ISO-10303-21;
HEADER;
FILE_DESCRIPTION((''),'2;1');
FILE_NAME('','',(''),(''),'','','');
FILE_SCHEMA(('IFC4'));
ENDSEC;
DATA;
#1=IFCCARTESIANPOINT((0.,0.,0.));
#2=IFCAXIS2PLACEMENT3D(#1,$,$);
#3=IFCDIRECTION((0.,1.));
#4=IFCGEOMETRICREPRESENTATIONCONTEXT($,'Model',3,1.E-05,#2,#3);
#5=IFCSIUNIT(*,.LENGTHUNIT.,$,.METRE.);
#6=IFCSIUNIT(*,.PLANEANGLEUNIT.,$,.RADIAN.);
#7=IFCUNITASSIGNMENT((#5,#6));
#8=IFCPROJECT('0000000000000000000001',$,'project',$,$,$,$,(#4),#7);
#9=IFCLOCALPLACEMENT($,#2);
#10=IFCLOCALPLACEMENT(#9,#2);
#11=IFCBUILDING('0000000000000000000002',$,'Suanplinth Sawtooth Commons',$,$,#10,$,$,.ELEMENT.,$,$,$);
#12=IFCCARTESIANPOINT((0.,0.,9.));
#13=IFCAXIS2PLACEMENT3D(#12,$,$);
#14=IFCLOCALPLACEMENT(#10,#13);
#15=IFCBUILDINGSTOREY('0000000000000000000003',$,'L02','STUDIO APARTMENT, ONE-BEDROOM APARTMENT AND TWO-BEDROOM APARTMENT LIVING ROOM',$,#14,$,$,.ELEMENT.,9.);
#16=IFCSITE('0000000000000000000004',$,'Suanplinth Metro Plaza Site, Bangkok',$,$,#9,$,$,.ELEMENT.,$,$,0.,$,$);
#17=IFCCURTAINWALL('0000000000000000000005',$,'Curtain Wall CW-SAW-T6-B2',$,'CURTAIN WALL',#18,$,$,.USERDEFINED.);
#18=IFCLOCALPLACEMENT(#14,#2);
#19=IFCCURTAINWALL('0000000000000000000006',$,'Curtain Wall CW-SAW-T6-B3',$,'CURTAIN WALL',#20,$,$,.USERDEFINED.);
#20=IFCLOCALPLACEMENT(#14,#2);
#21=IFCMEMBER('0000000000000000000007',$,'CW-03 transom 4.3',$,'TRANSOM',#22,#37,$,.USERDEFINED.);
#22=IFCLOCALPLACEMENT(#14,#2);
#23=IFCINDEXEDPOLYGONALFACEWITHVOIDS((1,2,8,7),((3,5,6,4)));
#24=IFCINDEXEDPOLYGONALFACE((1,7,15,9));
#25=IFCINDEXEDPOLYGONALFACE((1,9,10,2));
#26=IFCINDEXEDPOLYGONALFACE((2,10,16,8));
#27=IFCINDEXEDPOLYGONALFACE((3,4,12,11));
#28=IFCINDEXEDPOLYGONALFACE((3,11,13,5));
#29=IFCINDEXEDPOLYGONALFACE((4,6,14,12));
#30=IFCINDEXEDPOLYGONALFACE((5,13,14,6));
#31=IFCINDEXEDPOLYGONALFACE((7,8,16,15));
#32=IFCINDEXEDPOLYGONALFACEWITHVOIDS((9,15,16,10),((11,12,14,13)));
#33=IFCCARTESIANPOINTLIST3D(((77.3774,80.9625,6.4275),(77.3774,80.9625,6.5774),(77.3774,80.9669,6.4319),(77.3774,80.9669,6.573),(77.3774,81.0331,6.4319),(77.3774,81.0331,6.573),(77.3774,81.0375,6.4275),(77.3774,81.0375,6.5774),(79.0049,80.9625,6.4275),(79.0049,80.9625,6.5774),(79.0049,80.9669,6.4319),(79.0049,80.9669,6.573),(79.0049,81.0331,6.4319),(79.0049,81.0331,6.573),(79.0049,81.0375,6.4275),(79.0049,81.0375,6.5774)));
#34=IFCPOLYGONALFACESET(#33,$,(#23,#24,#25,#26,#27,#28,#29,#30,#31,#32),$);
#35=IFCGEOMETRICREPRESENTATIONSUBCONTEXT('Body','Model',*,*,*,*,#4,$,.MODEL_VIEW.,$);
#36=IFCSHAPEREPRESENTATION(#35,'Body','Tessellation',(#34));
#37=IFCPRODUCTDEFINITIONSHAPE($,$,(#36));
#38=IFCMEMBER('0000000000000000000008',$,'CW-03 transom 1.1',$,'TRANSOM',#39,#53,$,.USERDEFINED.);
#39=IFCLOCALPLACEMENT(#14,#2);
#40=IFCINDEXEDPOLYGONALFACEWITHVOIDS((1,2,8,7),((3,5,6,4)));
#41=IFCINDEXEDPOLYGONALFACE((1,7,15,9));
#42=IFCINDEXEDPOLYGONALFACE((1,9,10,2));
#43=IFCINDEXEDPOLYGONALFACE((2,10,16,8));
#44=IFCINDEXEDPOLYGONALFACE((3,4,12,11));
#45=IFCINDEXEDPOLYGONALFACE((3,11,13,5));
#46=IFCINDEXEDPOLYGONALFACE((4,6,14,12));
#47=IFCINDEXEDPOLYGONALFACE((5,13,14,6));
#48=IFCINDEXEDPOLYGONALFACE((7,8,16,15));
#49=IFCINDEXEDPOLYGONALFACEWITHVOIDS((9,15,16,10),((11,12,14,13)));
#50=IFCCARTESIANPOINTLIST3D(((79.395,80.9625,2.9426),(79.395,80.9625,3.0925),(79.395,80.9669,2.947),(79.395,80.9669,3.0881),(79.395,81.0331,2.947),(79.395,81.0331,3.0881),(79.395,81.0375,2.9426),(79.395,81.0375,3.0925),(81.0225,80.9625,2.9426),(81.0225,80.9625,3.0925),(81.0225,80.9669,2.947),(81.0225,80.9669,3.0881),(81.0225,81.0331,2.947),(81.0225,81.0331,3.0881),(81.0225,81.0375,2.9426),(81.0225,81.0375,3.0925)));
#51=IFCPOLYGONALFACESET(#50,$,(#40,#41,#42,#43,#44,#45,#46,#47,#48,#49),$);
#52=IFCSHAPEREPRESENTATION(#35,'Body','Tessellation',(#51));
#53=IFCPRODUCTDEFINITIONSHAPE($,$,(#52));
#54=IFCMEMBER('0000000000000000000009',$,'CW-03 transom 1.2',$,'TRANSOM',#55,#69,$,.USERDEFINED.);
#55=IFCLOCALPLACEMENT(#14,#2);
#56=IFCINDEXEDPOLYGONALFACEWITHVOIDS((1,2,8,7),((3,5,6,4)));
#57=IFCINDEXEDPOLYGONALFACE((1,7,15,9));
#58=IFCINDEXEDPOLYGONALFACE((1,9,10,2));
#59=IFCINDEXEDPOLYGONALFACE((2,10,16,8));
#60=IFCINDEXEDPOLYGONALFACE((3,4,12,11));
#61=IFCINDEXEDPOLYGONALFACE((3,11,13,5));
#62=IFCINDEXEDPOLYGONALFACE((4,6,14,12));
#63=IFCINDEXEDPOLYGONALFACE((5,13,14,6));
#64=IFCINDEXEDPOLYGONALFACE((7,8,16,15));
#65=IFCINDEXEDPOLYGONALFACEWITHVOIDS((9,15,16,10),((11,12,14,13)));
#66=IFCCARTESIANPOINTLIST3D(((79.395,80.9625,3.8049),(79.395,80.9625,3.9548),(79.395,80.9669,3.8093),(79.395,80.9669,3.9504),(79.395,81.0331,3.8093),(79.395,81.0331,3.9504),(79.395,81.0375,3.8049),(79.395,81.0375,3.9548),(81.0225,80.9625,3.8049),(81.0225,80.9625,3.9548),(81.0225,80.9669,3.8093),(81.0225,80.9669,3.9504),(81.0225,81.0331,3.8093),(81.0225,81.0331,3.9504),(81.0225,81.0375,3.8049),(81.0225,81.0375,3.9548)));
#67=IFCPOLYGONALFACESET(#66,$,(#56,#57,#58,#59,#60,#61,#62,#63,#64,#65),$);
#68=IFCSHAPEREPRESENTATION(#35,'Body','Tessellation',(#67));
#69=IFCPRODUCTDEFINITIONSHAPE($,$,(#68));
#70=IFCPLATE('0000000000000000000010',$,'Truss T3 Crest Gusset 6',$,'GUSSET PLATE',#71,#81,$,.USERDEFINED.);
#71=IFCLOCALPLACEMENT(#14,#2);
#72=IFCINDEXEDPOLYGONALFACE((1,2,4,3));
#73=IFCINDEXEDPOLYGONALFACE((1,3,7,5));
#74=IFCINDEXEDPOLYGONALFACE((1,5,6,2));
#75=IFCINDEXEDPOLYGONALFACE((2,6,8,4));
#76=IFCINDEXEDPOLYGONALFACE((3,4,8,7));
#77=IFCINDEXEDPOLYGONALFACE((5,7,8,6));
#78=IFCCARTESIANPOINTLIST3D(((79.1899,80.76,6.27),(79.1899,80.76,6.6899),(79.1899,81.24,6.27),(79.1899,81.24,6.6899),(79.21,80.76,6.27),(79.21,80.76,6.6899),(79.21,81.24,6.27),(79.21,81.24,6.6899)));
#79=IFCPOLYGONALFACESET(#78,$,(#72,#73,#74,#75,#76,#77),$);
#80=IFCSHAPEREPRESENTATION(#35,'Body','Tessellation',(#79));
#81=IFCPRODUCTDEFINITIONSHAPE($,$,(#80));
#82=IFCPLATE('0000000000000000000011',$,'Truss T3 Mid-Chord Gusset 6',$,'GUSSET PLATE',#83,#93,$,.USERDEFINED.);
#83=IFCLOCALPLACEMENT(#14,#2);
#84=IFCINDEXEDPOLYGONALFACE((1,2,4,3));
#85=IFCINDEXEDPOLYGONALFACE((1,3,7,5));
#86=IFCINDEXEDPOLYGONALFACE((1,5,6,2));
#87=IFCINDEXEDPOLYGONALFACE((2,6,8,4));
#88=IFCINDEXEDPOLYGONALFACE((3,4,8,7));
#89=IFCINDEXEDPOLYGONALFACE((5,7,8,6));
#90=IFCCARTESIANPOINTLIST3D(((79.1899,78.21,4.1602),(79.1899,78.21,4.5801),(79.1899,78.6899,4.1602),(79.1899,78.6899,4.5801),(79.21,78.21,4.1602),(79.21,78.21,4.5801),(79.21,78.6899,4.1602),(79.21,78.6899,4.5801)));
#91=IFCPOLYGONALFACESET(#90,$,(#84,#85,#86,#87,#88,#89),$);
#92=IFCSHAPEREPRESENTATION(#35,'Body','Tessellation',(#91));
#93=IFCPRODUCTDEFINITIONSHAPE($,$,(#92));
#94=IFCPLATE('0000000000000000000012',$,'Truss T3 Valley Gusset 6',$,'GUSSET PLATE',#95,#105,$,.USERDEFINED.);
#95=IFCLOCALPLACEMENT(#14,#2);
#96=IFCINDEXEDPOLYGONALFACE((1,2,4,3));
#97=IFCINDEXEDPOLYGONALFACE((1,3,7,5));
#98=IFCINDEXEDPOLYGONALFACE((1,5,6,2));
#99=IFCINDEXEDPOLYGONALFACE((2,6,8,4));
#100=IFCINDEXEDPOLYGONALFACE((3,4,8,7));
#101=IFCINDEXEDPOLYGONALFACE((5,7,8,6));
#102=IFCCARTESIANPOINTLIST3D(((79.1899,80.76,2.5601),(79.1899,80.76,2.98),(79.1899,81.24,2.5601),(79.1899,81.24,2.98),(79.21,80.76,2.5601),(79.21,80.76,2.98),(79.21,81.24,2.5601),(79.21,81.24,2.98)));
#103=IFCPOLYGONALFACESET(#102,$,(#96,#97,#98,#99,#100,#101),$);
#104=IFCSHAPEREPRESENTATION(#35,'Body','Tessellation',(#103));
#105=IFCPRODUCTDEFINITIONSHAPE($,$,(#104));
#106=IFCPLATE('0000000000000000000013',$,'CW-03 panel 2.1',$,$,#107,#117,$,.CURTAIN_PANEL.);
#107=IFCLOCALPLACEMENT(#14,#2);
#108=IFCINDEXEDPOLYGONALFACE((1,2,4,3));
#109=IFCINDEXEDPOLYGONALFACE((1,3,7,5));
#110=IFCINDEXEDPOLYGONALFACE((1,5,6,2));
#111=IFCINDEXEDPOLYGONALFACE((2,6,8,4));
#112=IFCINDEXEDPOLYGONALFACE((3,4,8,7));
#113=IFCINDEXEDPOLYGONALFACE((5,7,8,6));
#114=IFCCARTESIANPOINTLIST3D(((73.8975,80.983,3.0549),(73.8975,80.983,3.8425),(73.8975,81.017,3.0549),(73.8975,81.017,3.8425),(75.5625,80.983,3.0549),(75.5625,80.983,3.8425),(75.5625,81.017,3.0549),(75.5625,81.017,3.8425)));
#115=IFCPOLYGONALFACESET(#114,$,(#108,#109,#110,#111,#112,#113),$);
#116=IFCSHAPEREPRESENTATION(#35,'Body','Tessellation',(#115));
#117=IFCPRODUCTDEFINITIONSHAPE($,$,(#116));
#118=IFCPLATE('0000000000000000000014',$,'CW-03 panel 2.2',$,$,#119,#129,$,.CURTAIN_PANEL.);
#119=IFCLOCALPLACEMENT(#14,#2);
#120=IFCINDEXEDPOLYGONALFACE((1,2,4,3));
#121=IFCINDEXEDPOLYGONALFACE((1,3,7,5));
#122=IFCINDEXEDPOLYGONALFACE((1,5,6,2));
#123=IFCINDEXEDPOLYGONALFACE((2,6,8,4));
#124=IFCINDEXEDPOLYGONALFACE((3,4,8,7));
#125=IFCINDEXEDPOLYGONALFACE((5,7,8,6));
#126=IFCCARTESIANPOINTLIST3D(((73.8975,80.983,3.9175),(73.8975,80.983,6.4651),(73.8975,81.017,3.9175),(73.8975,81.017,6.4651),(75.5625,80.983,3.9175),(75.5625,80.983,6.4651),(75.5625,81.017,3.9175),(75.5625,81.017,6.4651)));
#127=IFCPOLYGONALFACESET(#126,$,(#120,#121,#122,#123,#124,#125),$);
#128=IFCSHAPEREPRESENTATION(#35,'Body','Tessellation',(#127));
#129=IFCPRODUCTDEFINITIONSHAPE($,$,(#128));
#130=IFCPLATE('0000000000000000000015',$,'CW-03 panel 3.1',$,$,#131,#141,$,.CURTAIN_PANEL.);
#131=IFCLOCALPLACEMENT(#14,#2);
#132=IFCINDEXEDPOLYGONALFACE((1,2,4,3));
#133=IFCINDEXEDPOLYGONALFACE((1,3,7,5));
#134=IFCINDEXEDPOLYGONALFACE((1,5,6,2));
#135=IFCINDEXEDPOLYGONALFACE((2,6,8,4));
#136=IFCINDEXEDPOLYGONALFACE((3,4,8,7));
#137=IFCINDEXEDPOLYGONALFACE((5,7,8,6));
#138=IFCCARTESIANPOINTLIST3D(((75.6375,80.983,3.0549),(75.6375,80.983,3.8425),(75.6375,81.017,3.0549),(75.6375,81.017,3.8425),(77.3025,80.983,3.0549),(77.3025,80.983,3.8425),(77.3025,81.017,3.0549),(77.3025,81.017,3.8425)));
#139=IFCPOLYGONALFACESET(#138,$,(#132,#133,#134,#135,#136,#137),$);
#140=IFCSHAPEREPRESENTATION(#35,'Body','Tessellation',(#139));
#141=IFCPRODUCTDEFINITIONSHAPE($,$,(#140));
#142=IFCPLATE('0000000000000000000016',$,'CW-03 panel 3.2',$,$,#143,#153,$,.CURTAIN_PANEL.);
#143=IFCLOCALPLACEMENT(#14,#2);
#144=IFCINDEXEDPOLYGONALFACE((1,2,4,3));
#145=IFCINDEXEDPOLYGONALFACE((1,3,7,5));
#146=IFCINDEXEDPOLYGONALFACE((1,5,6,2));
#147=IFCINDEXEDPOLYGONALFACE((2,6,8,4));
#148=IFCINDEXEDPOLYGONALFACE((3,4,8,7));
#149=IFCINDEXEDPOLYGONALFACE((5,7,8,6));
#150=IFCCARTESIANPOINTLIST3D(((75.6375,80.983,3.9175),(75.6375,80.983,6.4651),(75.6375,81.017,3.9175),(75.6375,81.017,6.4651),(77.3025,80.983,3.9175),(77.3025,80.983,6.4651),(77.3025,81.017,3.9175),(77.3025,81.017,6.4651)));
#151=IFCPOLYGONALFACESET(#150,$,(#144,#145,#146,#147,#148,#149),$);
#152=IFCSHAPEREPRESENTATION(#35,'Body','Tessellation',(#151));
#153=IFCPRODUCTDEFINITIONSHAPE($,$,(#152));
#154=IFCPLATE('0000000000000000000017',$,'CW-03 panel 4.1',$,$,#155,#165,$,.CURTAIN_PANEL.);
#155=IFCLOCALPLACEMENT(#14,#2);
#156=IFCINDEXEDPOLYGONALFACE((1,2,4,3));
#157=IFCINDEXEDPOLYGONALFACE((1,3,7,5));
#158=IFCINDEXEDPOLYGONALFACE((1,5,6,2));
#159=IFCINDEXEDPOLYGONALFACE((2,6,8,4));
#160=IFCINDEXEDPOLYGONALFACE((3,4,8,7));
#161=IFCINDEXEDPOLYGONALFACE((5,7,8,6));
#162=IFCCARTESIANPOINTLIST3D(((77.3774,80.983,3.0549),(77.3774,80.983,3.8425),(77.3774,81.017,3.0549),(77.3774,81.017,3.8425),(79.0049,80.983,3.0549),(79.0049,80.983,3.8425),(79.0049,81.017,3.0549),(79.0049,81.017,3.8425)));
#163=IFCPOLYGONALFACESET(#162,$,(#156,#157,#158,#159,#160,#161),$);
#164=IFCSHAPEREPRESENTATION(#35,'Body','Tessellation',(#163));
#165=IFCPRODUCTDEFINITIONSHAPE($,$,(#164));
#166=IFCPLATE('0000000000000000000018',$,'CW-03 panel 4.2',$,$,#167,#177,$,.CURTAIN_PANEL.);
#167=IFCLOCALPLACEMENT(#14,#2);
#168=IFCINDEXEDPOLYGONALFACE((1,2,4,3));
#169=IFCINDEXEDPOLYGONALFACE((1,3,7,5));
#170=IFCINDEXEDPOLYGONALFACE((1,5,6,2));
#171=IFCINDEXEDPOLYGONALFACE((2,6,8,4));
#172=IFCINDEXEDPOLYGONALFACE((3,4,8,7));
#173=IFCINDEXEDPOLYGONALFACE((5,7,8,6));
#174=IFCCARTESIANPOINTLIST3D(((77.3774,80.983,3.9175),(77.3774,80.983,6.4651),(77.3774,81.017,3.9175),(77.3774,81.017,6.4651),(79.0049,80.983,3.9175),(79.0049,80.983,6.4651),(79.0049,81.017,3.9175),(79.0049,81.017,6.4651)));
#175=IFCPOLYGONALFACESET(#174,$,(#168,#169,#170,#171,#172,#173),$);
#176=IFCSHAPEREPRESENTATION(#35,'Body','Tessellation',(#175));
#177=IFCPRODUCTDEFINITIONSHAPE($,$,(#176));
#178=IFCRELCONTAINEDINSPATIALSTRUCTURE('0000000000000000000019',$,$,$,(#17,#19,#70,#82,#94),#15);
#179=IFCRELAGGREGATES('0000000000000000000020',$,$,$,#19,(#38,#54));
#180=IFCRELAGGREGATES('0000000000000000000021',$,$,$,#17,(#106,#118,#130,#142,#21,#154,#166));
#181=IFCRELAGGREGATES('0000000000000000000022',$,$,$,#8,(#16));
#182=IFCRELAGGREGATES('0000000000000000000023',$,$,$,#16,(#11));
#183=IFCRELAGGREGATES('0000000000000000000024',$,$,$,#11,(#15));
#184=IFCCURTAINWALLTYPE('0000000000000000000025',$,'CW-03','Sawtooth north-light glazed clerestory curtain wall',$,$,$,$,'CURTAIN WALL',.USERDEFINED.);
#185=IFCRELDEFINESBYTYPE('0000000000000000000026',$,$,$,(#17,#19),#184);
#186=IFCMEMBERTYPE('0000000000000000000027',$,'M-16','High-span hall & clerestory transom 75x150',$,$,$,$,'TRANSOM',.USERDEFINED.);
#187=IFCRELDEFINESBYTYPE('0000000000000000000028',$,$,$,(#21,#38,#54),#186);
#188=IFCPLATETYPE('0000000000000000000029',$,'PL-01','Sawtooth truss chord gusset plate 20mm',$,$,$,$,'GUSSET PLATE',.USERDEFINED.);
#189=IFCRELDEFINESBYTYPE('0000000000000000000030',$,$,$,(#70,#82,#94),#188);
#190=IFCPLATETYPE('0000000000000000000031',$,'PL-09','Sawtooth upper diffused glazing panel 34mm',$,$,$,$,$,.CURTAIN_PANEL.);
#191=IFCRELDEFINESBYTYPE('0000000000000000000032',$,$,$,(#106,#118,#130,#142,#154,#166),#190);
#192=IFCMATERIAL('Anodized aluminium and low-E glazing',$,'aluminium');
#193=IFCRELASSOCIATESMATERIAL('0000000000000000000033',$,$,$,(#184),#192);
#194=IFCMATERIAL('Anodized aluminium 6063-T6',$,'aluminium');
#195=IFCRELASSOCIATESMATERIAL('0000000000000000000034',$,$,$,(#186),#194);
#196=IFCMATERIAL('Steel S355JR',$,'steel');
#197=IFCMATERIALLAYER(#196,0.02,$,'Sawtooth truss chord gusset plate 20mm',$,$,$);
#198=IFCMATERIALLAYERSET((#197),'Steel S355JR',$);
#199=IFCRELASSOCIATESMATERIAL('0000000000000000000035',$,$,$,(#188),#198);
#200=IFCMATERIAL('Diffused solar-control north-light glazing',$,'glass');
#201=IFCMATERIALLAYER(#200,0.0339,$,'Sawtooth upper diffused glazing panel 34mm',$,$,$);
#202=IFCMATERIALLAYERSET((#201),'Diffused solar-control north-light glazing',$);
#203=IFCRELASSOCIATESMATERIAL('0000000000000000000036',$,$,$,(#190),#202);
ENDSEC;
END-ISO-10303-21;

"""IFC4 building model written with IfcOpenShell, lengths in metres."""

from ifc_helpers import new_model, si_unit, direction, frame, origin, origin_2d, place, context, subcontext, project, spatial, rectangle, hollow_rectangle, extrude, material, layer, layer_set, material_profile, profile_set, type_object, element, aggregate, save


model = new_model("IFC4")

# Units and contexts
model_context = context("Model", 3, precision=1e-05, world=origin(), true_north=direction((0.0, 1.0)))
body_context = subcontext(model_context, "Body", "Model", "MODEL_VIEW")
ifc_project = project(units=[si_unit("LENGTHUNIT", "METRE"), si_unit("PLANEANGLEUNIT", "RADIAN")], contexts=[model_context])

# Site, building, storey
site_placement = place(None, origin())
site = spatial("IfcSite", under=ifc_project, at=site_placement, Name="Suanplinth Metro Plaza Site, Bangkok", CompositionType="ELEMENT", RefElevation=0.0)
building_placement = place(site_placement, origin())
building = spatial("IfcBuilding", under=site, at=building_placement, Name="Suanplinth Sawtooth Commons", CompositionType="ELEMENT")
storey_placement = place(building_placement, frame((0.0, 0.0, 9.0)))
storey = spatial("IfcBuildingStorey", under=building, at=storey_placement, Name="L02", Description="STUDIO APARTMENT, ONE-BEDROOM APARTMENT AND TWO-BEDROOM APARTMENT LIVING ROOM", CompositionType="ELEMENT", Elevation=9.0)

# Shared definitions
ifc_material_1 = material(Name="Steel S355JR", Category="steel")

# Curtain wall
ifc_material_2 = material(Name="Anodized aluminium and low-E glazing", Category="aluminium")
curtain_wall_type = type_object("IfcCurtainWallType", Name="CW-03", Description="Sawtooth north-light glazed clerestory curtain wall", ElementType="CURTAIN WALL", PredefinedType="USERDEFINED", material=ifc_material_2)
curtain_wall_1_placement = place(storey_placement, origin())
curtain_wall_1 = element("IfcCurtainWall", 1, at=curtain_wall_1_placement, inside=storey, type_object=curtain_wall_type, Name="Curtain Wall CW-SAW-T6-B2", ObjectType="CURTAIN WALL", PredefinedType="USERDEFINED")
ifc_material_3 = material(Name="Anodized aluminium 6063-T6", Category="aluminium")

# Curtain wall
curtain_wall_2_placement = place(storey_placement, origin())
curtain_wall_2 = element("IfcCurtainWall", 2, at=curtain_wall_2_placement, inside=storey, type_object=curtain_wall_type, Name="Curtain Wall CW-SAW-T6-B3", ObjectType="CURTAIN WALL", PredefinedType="USERDEFINED")

# Members
ifc_material_profile_1 = material_profile(ifc_material_3, hollow_rectangle(XDim=0.075, YDim=0.1499, WallThickness=0.0044, at=origin_2d()), Name="ALU-TRN 75x150")
ifc_profile_set_1 = profile_set([ifc_material_profile_1], Name="Anodized aluminium 6063-T6")
member_type_1 = type_object("IfcMemberType", Name="M-16", Description="High-span hall & clerestory transom 75x150", ElementType="TRANSOM", PredefinedType="USERDEFINED", material=ifc_profile_set_1)
member_1_placement = place(storey_placement, frame((77.3774, 81.0, 6.5024), z_axis=(1.0, 0.0, 0.0), x_axis=(0.0, 1.0, 0.0)))
member_1 = element("IfcMember", 3, at=member_1_placement, type_object=member_type_1, Name="CW-03 transom 4.3", ObjectType="TRANSOM", PredefinedType="USERDEFINED", context=body_context, shape_type="SweptSolid", body=[
    extrude(hollow_rectangle(XDim=0.075, YDim=0.1499, WallThickness=0.0044, at=origin_2d()), origin(), (0.0, 0.0, 1.0), 1.6274),
])
member_2_placement = place(storey_placement, frame((79.395, 81.0, 3.0176), z_axis=(1.0, 0.0, 0.0), x_axis=(0.0, 1.0, 0.0)))
member_2 = element("IfcMember", 4, at=member_2_placement, type_object=member_type_1, Name="CW-03 transom 1.1", ObjectType="TRANSOM", PredefinedType="USERDEFINED", context=body_context, shape_type="SweptSolid", body=[
    extrude(hollow_rectangle(XDim=0.075, YDim=0.1499, WallThickness=0.0044, at=origin_2d()), origin(), (0.0, 0.0, 1.0), 1.6274),
])
member_3_placement = place(storey_placement, frame((79.395, 81.0, 3.8799), z_axis=(1.0, 0.0, 0.0), x_axis=(0.0, 1.0, 0.0)))
member_3 = element("IfcMember", 5, at=member_3_placement, type_object=member_type_1, Name="CW-03 transom 1.2", ObjectType="TRANSOM", PredefinedType="USERDEFINED", context=body_context, shape_type="SweptSolid", body=[
    extrude(hollow_rectangle(XDim=0.075, YDim=0.1499, WallThickness=0.0044, at=origin_2d()), origin(), (0.0, 0.0, 1.0), 1.6274),
])
aggregate(curtain_wall_2, [member_2, member_3])

# Plates
ifc_layer_1 = layer(ifc_material_1, 0.02, Name="Sawtooth truss chord gusset plate 20mm")
ifc_layer_set_1 = layer_set([ifc_layer_1], Name="Steel S355JR")
plate_type_1 = type_object("IfcPlateType", Name="PL-01", Description="Sawtooth truss chord gusset plate 20mm", ElementType="GUSSET PLATE", PredefinedType="USERDEFINED", material=ifc_layer_set_1)
for number, where, z_axis, x_axis, name in (
    (6, (79.2, 81.0, 6.27), (0.0, 0.0, 1.0), (1.0, 0.0, 0.0), "Truss T3 Crest Gusset 6"),
    (7, (79.2, 78.45, 4.1602), (0.0, 0.0, 1.0), (1.0, 0.0, 0.0), "Truss T3 Mid-Chord Gusset 6"),
    (8, (79.2, 81.0, 2.5601), (0.0, 0.0, 1.0), (1.0, 0.0, 0.0), "Truss T3 Valley Gusset 6"),
):
    element("IfcPlate", number, at=place(storey_placement, frame(where, z_axis=z_axis, x_axis=x_axis)), inside=storey, type_object=plate_type_1, Name=name, ObjectType="GUSSET PLATE", PredefinedType="USERDEFINED", context=body_context, shape_type="SweptSolid", body=[
        extrude(rectangle(XDim=0.02, YDim=0.48, at=origin_2d()), origin(), (0.0, 0.0, 1.0), 0.4199),
    ])

# Plates
ifc_material_4 = material(Name="Diffused solar-control north-light glazing", Category="glass")
ifc_layer_2 = layer(ifc_material_4, 0.0339, Name="Sawtooth upper diffused glazing panel 34mm")
ifc_layer_set_2 = layer_set([ifc_layer_2], Name="Diffused solar-control north-light glazing")
plate_type_2 = type_object("IfcPlateType", Name="PL-09", Description="Sawtooth upper diffused glazing panel 34mm", PredefinedType="CURTAIN_PANEL", material=ifc_layer_set_2)
plate_1_placement = place(storey_placement, frame((74.73, 81.0, 3.0549), z_axis=(0.0, 0.0, 1.0), x_axis=(1.0, 0.0, 0.0)))
plate_1 = element("IfcPlate", 9, at=plate_1_placement, type_object=plate_type_2, Name="CW-03 panel 2.1", PredefinedType="CURTAIN_PANEL", context=body_context, shape_type="SweptSolid", body=[
    extrude(rectangle(XDim=1.665, YDim=0.0339, at=origin_2d()), origin(), (0.0, 0.0, 1.0), 0.7876),
])
plate_2_placement = place(storey_placement, frame((74.73, 81.0, 3.9175), z_axis=(0.0, 0.0, 1.0), x_axis=(1.0, 0.0, 0.0)))
plate_2 = element("IfcPlate", 10, at=plate_2_placement, type_object=plate_type_2, Name="CW-03 panel 2.2", PredefinedType="CURTAIN_PANEL", context=body_context, shape_type="SweptSolid", body=[
    extrude(rectangle(XDim=1.665, YDim=0.0339, at=origin_2d()), origin(), (0.0, 0.0, 1.0), 2.5476),
])
plate_3_placement = place(storey_placement, frame((76.47, 81.0, 3.0549), z_axis=(0.0, 0.0, 1.0), x_axis=(1.0, 0.0, 0.0)))
plate_3 = element("IfcPlate", 11, at=plate_3_placement, type_object=plate_type_2, Name="CW-03 panel 3.1", PredefinedType="CURTAIN_PANEL", context=body_context, shape_type="SweptSolid", body=[
    extrude(rectangle(XDim=1.665, YDim=0.0339, at=origin_2d()), origin(), (0.0, 0.0, 1.0), 0.7876),
])
plate_4_placement = place(storey_placement, frame((76.47, 81.0, 3.9175), z_axis=(0.0, 0.0, 1.0), x_axis=(1.0, 0.0, 0.0)))
plate_4 = element("IfcPlate", 12, at=plate_4_placement, type_object=plate_type_2, Name="CW-03 panel 3.2", PredefinedType="CURTAIN_PANEL", context=body_context, shape_type="SweptSolid", body=[
    extrude(rectangle(XDim=1.665, YDim=0.0339, at=origin_2d()), origin(), (0.0, 0.0, 1.0), 2.5476),
])
plate_5_placement = place(storey_placement, frame((78.1912, 81.0, 3.0549), z_axis=(0.0, 0.0, 1.0), x_axis=(1.0, 0.0, 0.0)))
plate_5 = element("IfcPlate", 13, at=plate_5_placement, type_object=plate_type_2, Name="CW-03 panel 4.1", PredefinedType="CURTAIN_PANEL", context=body_context, shape_type="SweptSolid", body=[
    extrude(rectangle(XDim=1.6274, YDim=0.0339, at=origin_2d()), origin(), (0.0, 0.0, 1.0), 0.7876),
])
plate_6_placement = place(storey_placement, frame((78.1912, 81.0, 3.9175), z_axis=(0.0, 0.0, 1.0), x_axis=(1.0, 0.0, 0.0)))
plate_6 = element("IfcPlate", 14, at=plate_6_placement, type_object=plate_type_2, Name="CW-03 panel 4.2", PredefinedType="CURTAIN_PANEL", context=body_context, shape_type="SweptSolid", body=[
    extrude(rectangle(XDim=1.6274, YDim=0.0339, at=origin_2d()), origin(), (0.0, 0.0, 1.0), 2.5476),
])
aggregate(curtain_wall_1, [plate_1, plate_2, plate_3, plate_4, member_1, plate_5, plate_6])

save(model, "model.ifc")
